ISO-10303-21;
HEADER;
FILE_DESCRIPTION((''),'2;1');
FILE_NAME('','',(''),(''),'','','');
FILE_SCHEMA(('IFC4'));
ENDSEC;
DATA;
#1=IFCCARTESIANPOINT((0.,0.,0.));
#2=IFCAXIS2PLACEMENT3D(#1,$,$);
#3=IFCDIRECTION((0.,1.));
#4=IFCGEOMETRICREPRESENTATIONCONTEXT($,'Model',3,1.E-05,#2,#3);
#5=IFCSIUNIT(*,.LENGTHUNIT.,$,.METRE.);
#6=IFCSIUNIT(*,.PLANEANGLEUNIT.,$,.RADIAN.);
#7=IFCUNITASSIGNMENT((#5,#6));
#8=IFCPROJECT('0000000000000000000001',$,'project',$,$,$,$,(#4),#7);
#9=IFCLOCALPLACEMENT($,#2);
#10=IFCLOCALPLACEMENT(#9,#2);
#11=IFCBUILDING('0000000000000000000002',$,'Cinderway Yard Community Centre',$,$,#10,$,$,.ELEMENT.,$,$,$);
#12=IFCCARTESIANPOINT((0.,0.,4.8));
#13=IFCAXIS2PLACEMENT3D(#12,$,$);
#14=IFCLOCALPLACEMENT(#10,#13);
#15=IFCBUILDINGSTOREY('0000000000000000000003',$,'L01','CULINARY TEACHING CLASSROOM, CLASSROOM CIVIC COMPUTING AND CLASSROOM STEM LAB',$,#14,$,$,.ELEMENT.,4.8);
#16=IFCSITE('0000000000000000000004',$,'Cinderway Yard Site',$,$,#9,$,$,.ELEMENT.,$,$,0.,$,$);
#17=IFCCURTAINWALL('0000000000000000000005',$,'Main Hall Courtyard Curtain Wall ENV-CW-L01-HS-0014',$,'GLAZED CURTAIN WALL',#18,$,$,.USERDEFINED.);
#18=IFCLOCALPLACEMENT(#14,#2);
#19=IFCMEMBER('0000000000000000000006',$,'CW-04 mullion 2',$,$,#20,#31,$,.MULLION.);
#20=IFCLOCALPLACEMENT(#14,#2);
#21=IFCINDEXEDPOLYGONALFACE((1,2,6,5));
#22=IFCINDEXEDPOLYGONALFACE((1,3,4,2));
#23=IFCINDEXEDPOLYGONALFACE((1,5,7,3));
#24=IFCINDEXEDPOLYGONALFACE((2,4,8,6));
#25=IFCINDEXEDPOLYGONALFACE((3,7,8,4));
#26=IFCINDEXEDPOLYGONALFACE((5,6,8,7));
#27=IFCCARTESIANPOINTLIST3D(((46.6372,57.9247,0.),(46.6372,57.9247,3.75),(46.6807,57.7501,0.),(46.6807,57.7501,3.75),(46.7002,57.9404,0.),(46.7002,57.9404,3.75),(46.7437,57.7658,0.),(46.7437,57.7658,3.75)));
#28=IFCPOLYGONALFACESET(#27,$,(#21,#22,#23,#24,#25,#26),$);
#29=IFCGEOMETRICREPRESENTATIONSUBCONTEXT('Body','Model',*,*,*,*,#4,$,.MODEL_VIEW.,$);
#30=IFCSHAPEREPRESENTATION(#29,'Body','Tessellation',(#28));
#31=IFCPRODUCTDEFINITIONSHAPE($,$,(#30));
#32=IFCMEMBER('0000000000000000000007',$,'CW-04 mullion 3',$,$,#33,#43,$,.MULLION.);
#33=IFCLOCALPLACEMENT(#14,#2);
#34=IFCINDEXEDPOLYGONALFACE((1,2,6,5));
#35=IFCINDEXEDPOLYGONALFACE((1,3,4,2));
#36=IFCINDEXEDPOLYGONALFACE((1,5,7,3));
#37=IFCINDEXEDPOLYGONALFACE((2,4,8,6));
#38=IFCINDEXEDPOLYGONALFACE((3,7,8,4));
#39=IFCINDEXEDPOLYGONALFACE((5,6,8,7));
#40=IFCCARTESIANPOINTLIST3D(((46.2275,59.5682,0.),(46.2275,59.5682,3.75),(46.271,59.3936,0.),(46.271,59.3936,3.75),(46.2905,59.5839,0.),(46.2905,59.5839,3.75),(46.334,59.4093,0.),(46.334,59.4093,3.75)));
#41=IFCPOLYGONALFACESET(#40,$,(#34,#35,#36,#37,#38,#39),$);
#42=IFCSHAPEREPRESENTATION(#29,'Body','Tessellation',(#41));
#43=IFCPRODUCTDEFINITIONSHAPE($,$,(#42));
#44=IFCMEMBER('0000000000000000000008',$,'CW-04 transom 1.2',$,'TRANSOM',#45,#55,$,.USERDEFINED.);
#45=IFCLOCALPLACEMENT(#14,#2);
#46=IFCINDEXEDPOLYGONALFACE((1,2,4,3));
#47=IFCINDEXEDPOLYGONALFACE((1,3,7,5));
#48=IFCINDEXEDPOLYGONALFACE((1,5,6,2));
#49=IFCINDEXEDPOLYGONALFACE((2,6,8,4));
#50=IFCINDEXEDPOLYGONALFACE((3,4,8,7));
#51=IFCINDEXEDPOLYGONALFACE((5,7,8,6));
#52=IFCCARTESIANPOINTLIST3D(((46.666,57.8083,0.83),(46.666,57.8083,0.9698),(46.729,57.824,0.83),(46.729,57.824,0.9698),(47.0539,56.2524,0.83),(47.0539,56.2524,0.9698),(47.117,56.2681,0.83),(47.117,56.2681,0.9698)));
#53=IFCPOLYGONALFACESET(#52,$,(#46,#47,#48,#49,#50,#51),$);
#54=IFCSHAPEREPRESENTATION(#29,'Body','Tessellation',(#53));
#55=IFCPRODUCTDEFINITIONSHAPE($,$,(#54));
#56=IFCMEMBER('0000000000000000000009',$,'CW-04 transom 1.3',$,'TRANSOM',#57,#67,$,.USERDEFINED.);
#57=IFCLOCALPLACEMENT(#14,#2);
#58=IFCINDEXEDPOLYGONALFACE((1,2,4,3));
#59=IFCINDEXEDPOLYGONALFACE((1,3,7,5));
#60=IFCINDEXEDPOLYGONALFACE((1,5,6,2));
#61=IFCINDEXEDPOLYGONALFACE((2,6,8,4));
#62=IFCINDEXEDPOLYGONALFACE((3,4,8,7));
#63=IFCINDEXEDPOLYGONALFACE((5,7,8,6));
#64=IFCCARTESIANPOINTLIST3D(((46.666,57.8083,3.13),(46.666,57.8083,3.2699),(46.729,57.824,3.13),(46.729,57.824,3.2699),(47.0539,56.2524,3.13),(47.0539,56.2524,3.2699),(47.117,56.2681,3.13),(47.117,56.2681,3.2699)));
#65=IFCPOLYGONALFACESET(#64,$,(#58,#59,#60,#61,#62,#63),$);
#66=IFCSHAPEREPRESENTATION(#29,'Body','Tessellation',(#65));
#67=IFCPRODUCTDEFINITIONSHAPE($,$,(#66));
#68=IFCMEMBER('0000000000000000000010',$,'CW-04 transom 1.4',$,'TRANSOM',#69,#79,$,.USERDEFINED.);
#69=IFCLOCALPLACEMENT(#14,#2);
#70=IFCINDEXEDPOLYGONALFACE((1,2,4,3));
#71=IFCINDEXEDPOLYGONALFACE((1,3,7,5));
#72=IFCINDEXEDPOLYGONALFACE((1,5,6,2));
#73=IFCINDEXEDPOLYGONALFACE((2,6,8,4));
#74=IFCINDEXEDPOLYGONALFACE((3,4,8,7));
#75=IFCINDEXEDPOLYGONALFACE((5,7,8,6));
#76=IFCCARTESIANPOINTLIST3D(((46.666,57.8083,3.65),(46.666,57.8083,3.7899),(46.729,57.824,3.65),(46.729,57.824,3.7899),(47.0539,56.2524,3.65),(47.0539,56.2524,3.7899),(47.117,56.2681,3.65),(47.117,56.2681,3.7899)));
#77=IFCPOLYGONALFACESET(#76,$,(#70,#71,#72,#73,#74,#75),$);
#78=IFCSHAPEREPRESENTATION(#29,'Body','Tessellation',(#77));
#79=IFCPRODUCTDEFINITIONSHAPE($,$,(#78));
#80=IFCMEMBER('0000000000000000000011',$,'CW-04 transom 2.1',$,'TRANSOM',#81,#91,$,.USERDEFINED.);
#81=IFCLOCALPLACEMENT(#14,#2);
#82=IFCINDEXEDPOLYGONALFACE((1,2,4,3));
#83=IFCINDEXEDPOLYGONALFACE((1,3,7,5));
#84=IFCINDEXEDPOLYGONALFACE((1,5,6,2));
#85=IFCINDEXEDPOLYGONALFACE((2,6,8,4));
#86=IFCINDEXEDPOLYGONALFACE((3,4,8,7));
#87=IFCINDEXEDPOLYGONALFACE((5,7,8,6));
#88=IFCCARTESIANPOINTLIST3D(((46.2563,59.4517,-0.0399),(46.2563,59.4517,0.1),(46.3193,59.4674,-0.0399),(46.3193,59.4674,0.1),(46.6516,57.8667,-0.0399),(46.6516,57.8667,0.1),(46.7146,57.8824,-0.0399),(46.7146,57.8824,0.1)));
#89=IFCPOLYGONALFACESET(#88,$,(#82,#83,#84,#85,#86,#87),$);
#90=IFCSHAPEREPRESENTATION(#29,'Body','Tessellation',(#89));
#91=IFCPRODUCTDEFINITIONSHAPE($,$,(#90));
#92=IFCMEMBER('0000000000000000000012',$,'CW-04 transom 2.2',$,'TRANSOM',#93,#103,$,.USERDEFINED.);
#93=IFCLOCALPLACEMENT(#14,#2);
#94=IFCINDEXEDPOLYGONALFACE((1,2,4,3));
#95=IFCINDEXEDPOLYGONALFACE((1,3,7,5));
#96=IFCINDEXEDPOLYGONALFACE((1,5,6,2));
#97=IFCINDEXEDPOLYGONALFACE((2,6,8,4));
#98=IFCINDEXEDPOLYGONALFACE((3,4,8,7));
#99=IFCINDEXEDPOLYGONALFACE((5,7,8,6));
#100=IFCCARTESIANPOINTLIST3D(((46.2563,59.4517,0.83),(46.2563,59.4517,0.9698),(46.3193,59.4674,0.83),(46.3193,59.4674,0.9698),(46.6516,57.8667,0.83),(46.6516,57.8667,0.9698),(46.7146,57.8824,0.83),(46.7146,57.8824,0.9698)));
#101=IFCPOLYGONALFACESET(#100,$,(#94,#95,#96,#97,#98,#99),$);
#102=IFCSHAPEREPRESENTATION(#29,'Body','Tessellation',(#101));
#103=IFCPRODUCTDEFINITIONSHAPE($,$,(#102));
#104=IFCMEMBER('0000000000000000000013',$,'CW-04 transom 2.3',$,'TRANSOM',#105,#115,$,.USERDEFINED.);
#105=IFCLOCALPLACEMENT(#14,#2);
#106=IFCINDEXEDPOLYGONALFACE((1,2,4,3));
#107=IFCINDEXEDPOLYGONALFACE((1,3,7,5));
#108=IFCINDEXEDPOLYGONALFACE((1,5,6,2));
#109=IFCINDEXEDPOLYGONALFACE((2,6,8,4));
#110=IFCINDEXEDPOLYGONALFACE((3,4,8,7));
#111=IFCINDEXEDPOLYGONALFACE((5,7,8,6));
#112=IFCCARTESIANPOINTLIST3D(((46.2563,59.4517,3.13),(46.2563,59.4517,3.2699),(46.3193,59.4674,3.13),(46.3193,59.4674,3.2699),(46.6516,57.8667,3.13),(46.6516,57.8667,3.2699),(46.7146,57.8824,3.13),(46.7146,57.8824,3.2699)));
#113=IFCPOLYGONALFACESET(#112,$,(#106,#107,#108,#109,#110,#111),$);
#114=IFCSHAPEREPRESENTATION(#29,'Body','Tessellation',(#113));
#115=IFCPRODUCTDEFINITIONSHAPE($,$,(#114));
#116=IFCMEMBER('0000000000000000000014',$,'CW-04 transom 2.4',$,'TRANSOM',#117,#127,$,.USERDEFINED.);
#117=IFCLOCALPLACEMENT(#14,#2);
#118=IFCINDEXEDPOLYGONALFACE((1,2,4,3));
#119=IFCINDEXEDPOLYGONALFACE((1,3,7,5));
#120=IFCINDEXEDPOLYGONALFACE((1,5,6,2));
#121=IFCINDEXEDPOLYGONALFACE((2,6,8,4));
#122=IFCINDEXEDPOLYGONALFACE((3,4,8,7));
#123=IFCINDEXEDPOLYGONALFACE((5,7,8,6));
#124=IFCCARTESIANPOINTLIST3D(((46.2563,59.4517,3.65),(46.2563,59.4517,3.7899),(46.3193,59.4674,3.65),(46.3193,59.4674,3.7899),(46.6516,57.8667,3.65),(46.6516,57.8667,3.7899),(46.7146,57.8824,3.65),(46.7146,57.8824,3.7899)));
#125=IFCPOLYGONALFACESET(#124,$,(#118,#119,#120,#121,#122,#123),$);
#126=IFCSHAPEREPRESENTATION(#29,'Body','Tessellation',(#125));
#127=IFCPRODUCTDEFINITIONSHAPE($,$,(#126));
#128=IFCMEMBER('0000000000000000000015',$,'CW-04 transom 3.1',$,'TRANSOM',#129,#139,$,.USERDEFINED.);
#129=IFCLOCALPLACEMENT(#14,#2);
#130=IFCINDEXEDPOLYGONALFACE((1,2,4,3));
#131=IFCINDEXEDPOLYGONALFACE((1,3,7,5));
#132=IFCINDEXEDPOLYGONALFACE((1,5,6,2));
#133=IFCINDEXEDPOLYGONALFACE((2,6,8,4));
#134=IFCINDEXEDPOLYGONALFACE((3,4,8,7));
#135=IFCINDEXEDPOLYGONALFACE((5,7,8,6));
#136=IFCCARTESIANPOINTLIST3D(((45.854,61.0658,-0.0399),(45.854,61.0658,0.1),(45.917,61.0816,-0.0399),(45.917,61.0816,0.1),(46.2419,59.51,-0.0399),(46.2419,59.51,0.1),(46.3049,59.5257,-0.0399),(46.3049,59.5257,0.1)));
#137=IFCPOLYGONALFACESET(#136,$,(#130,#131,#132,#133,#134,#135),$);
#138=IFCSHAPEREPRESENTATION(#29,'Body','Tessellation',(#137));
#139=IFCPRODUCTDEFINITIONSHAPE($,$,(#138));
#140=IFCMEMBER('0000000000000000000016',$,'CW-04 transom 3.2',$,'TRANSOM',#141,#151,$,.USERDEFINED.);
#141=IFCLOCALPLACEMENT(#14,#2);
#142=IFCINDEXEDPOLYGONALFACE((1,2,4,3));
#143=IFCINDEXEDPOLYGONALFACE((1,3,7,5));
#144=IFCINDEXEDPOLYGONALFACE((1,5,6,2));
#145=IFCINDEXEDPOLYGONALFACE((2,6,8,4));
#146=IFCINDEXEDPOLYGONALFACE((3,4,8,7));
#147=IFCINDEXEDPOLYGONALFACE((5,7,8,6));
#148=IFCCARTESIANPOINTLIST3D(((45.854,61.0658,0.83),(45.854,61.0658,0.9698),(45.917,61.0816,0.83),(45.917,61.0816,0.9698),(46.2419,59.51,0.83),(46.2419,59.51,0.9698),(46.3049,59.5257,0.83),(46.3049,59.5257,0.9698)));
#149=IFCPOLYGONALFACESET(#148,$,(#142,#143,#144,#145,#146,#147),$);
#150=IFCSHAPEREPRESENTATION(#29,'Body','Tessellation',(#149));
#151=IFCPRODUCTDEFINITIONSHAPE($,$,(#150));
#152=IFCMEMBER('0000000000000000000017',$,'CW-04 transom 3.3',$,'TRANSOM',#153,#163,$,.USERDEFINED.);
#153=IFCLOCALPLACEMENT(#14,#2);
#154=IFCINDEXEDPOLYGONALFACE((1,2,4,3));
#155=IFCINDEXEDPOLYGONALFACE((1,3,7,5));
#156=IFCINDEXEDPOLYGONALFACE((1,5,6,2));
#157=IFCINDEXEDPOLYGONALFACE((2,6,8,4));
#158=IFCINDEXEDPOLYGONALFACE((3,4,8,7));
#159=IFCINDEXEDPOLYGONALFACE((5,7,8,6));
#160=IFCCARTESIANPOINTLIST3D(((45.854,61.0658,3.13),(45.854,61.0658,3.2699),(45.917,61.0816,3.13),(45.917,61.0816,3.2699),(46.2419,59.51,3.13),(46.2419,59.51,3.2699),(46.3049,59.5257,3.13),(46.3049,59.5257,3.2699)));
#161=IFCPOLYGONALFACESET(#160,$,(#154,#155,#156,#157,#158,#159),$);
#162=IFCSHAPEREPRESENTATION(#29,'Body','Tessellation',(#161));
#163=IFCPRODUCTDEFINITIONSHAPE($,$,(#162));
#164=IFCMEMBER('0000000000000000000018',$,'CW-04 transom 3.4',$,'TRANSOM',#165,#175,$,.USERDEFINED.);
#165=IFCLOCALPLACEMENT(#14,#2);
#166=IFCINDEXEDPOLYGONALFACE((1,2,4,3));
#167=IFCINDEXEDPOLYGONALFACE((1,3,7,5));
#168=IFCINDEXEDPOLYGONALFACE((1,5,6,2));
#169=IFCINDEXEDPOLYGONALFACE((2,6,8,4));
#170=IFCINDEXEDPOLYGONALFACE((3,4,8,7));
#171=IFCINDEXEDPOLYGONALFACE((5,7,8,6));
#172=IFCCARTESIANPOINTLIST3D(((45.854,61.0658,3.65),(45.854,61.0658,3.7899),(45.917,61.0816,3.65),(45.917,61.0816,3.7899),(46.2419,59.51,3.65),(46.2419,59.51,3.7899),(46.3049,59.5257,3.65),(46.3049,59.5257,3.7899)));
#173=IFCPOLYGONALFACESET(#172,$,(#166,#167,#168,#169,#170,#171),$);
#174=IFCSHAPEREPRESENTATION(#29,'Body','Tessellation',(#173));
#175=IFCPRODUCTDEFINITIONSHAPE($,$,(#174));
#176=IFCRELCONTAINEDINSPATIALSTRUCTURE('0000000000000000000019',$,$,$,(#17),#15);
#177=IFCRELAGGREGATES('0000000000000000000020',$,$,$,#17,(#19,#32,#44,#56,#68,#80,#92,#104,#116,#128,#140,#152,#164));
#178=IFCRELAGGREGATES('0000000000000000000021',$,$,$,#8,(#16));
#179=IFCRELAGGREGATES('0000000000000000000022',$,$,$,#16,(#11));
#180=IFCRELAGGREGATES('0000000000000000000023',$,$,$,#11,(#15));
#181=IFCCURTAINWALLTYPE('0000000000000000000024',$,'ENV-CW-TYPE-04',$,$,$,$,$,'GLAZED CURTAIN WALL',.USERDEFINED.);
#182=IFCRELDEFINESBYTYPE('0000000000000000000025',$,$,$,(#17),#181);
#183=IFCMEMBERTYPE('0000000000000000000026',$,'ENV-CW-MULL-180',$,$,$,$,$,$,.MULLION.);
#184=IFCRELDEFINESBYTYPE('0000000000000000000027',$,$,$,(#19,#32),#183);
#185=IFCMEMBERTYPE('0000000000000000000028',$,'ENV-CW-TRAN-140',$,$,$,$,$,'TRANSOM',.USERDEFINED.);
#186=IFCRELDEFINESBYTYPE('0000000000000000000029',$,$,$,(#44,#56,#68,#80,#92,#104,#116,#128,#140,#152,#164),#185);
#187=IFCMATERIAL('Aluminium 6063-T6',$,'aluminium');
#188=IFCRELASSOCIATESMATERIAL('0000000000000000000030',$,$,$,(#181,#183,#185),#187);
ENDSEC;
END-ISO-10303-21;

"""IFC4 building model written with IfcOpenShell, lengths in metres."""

from ifc_helpers import new_model, si_unit, direction, frame, origin, origin_2d, place, context, subcontext, project, spatial, rectangle, extrude, material, material_profile, profile_set, type_object, element, aggregate, save


model = new_model("IFC4")

# Units and contexts
model_context = context("Model", 3, precision=1e-05, world=origin(), true_north=direction((0.0, 1.0)))
body_context = subcontext(model_context, "Body", "Model", "MODEL_VIEW")
ifc_project = project(units=[si_unit("LENGTHUNIT", "METRE"), si_unit("PLANEANGLEUNIT", "RADIAN")], contexts=[model_context])

# Site, building, storey
site_placement = place(None, origin())
site = spatial("IfcSite", under=ifc_project, at=site_placement, Name="Cinderway Yard Site", CompositionType="ELEMENT", RefElevation=0.0)
building_placement = place(site_placement, origin())
building = spatial("IfcBuilding", under=site, at=building_placement, Name="Cinderway Yard Community Centre", CompositionType="ELEMENT")
storey_placement = place(building_placement, frame((0.0, 0.0, 4.8)))
storey = spatial("IfcBuildingStorey", under=building, at=storey_placement, Name="L01", Description="CULINARY TEACHING CLASSROOM, CLASSROOM CIVIC COMPUTING AND CLASSROOM STEM LAB", CompositionType="ELEMENT", Elevation=4.8)

# Curtain wall, members
ifc_material_1 = material(Name="Aluminium 6063-T6", Category="aluminium")
curtain_wall_type = type_object("IfcCurtainWallType", Name="ENV-CW-TYPE-04", ElementType="GLAZED CURTAIN WALL", PredefinedType="USERDEFINED", material=ifc_material_1)
curtain_wall_placement = place(storey_placement, origin())
curtain_wall = element("IfcCurtainWall", 1, at=curtain_wall_placement, inside=storey, type_object=curtain_wall_type, Name="Main Hall Courtyard Curtain Wall ENV-CW-L01-HS-0014", ObjectType="GLAZED CURTAIN WALL", PredefinedType="USERDEFINED")
ifc_material_profile_1 = material_profile(ifc_material_1, rectangle(XDim=0.0649, YDim=0.1799, at=origin_2d()), Name="Aluminium 6063-T6")
ifc_profile_set_1 = profile_set([ifc_material_profile_1], Name="Aluminium 6063-T6")
member_type_1 = type_object("IfcMemberType", Name="ENV-CW-MULL-180", PredefinedType="MULLION", material=ifc_profile_set_1)
member_1_placement = place(storey_placement, frame((46.6904, 57.8452, 0.0), z_axis=(0.0, 0.0, 1.0), x_axis=(-0.970304, -0.241887, 0.0)))
member_1 = element("IfcMember", 2, at=member_1_placement, type_object=member_type_1, Name="CW-04 mullion 2", PredefinedType="MULLION", context=body_context, shape_type="SweptSolid", body=[
    extrude(rectangle(XDim=0.0649, YDim=0.1799, at=origin_2d()), origin(), (0.0, 0.0, 1.0), 3.75),
])
member_2_placement = place(storey_placement, frame((46.2808, 59.4888, 0.0), z_axis=(0.0, 0.0, 1.0), x_axis=(-0.970304, -0.241887, 0.0)))
member_2 = element("IfcMember", 3, at=member_2_placement, type_object=member_type_1, Name="CW-04 mullion 3", PredefinedType="MULLION", context=body_context, shape_type="SweptSolid", body=[
    extrude(rectangle(XDim=0.0649, YDim=0.1799, at=origin_2d()), origin(), (0.0, 0.0, 1.0), 3.75),
])
ifc_material_profile_2 = material_profile(ifc_material_1, rectangle(XDim=0.0649, YDim=0.1399, at=origin_2d()), Name="Aluminium 6063-T6")
ifc_profile_set_2 = profile_set([ifc_material_profile_2], Name="Aluminium 6063-T6")
member_type_2 = type_object("IfcMemberType", Name="ENV-CW-TRAN-140", ElementType="TRANSOM", PredefinedType="USERDEFINED", material=ifc_profile_set_2)
member_3_placement = place(storey_placement, frame((47.0854, 56.2603, 0.8999), z_axis=(-0.241927, 0.970295, 0.0), x_axis=(-0.970295, -0.241927, 0.0)))
member_3 = element("IfcMember", 4, at=member_3_placement, type_object=member_type_2, Name="CW-04 transom 1.2", ObjectType="TRANSOM", PredefinedType="USERDEFINED", context=body_context, shape_type="SweptSolid", body=[
    extrude(rectangle(XDim=0.0649, YDim=0.1399, at=origin_2d()), origin(), (0.0, 0.0, 1.0), 1.6035),
])
member_4_placement = place(storey_placement, frame((47.0854, 56.2603, 3.2), z_axis=(-0.241927, 0.970295, 0.0), x_axis=(-0.970295, -0.241927, 0.0)))
member_4 = element("IfcMember", 5, at=member_4_placement, type_object=member_type_2, Name="CW-04 transom 1.3", ObjectType="TRANSOM", PredefinedType="USERDEFINED", context=body_context, shape_type="SweptSolid", body=[
    extrude(rectangle(XDim=0.0649, YDim=0.1399, at=origin_2d()), origin(), (0.0, 0.0, 1.0), 1.6035),
])
member_5_placement = place(storey_placement, frame((47.0854, 56.2603, 3.72), z_axis=(-0.241927, 0.970295, 0.0), x_axis=(-0.970295, -0.241927, 0.0)))
member_5 = element("IfcMember", 6, at=member_5_placement, type_object=member_type_2, Name="CW-04 transom 1.4", ObjectType="TRANSOM", PredefinedType="USERDEFINED", context=body_context, shape_type="SweptSolid", body=[
    extrude(rectangle(XDim=0.0649, YDim=0.1399, at=origin_2d()), origin(), (0.0, 0.0, 1.0), 1.6035),
])
member_6_placement = place(storey_placement, frame((46.6831, 57.8745, 0.03), z_axis=(-0.241973, 0.970283, 0.0), x_axis=(-0.970283, -0.241973, 0.0)))
member_6 = element("IfcMember", 7, at=member_6_placement, type_object=member_type_2, Name="CW-04 transom 2.1", ObjectType="TRANSOM", PredefinedType="USERDEFINED", context=body_context, shape_type="SweptSolid", body=[
    extrude(rectangle(XDim=0.0649, YDim=0.1399, at=origin_2d()), origin(), (0.0, 0.0, 1.0), 1.6335),
])
member_7_placement = place(storey_placement, frame((46.6831, 57.8745, 0.8999), z_axis=(-0.241973, 0.970283, 0.0), x_axis=(-0.970283, -0.241973, 0.0)))
member_7 = element("IfcMember", 8, at=member_7_placement, type_object=member_type_2, Name="CW-04 transom 2.2", ObjectType="TRANSOM", PredefinedType="USERDEFINED", context=body_context, shape_type="SweptSolid", body=[
    extrude(rectangle(XDim=0.0649, YDim=0.1399, at=origin_2d()), origin(), (0.0, 0.0, 1.0), 1.6335),
])
member_8_placement = place(storey_placement, frame((46.6831, 57.8745, 3.2), z_axis=(-0.241973, 0.970283, 0.0), x_axis=(-0.970283, -0.241973, 0.0)))
member_8 = element("IfcMember", 9, at=member_8_placement, type_object=member_type_2, Name="CW-04 transom 2.3", ObjectType="TRANSOM", PredefinedType="USERDEFINED", context=body_context, shape_type="SweptSolid", body=[
    extrude(rectangle(XDim=0.0649, YDim=0.1399, at=origin_2d()), origin(), (0.0, 0.0, 1.0), 1.6335),
])
member_9_placement = place(storey_placement, frame((46.6831, 57.8745, 3.72), z_axis=(-0.241973, 0.970283, 0.0), x_axis=(-0.970283, -0.241973, 0.0)))
member_9 = element("IfcMember", 10, at=member_9_placement, type_object=member_type_2, Name="CW-04 transom 2.4", ObjectType="TRANSOM", PredefinedType="USERDEFINED", context=body_context, shape_type="SweptSolid", body=[
    extrude(rectangle(XDim=0.0649, YDim=0.1399, at=origin_2d()), origin(), (0.0, 0.0, 1.0), 1.6335),
])
member_10_placement = place(storey_placement, frame((46.2734, 59.5178, 0.03), z_axis=(-0.241927, 0.970295, 0.0), x_axis=(-0.970295, -0.241927, 0.0)))
member_10 = element("IfcMember", 11, at=member_10_placement, type_object=member_type_2, Name="CW-04 transom 3.1", ObjectType="TRANSOM", PredefinedType="USERDEFINED", context=body_context, shape_type="SweptSolid", body=[
    extrude(rectangle(XDim=0.0649, YDim=0.1399, at=origin_2d()), origin(), (0.0, 0.0, 1.0), 1.6035),
])
member_11_placement = place(storey_placement, frame((46.2734, 59.5178, 0.8999), z_axis=(-0.241927, 0.970295, 0.0), x_axis=(-0.970295, -0.241927, 0.0)))
member_11 = element("IfcMember", 12, at=member_11_placement, type_object=member_type_2, Name="CW-04 transom 3.2", ObjectType="TRANSOM", PredefinedType="USERDEFINED", context=body_context, shape_type="SweptSolid", body=[
    extrude(rectangle(XDim=0.0649, YDim=0.1399, at=origin_2d()), origin(), (0.0, 0.0, 1.0), 1.6035),
])
member_12_placement = place(storey_placement, frame((46.2734, 59.5178, 3.2), z_axis=(-0.241927, 0.970295, 0.0), x_axis=(-0.970295, -0.241927, 0.0)))
member_12 = element("IfcMember", 13, at=member_12_placement, type_object=member_type_2, Name="CW-04 transom 3.3", ObjectType="TRANSOM", PredefinedType="USERDEFINED", context=body_context, shape_type="SweptSolid", body=[
    extrude(rectangle(XDim=0.0649, YDim=0.1399, at=origin_2d()), origin(), (0.0, 0.0, 1.0), 1.6035),
])
member_13_placement = place(storey_placement, frame((46.2734, 59.5178, 3.72), z_axis=(-0.241927, 0.970295, 0.0), x_axis=(-0.970295, -0.241927, 0.0)))
member_13 = element("IfcMember", 14, at=member_13_placement, type_object=member_type_2, Name="CW-04 transom 3.4", ObjectType="TRANSOM", PredefinedType="USERDEFINED", context=body_context, shape_type="SweptSolid", body=[
    extrude(rectangle(XDim=0.0649, YDim=0.1399, at=origin_2d()), origin(), (0.0, 0.0, 1.0), 1.6035),
])

aggregate(curtain_wall, [member_1, member_2, member_3, member_4, member_5, member_6, member_7, member_8, member_9, member_10, member_11, member_12, member_13])

save(model, "model.ifc")
